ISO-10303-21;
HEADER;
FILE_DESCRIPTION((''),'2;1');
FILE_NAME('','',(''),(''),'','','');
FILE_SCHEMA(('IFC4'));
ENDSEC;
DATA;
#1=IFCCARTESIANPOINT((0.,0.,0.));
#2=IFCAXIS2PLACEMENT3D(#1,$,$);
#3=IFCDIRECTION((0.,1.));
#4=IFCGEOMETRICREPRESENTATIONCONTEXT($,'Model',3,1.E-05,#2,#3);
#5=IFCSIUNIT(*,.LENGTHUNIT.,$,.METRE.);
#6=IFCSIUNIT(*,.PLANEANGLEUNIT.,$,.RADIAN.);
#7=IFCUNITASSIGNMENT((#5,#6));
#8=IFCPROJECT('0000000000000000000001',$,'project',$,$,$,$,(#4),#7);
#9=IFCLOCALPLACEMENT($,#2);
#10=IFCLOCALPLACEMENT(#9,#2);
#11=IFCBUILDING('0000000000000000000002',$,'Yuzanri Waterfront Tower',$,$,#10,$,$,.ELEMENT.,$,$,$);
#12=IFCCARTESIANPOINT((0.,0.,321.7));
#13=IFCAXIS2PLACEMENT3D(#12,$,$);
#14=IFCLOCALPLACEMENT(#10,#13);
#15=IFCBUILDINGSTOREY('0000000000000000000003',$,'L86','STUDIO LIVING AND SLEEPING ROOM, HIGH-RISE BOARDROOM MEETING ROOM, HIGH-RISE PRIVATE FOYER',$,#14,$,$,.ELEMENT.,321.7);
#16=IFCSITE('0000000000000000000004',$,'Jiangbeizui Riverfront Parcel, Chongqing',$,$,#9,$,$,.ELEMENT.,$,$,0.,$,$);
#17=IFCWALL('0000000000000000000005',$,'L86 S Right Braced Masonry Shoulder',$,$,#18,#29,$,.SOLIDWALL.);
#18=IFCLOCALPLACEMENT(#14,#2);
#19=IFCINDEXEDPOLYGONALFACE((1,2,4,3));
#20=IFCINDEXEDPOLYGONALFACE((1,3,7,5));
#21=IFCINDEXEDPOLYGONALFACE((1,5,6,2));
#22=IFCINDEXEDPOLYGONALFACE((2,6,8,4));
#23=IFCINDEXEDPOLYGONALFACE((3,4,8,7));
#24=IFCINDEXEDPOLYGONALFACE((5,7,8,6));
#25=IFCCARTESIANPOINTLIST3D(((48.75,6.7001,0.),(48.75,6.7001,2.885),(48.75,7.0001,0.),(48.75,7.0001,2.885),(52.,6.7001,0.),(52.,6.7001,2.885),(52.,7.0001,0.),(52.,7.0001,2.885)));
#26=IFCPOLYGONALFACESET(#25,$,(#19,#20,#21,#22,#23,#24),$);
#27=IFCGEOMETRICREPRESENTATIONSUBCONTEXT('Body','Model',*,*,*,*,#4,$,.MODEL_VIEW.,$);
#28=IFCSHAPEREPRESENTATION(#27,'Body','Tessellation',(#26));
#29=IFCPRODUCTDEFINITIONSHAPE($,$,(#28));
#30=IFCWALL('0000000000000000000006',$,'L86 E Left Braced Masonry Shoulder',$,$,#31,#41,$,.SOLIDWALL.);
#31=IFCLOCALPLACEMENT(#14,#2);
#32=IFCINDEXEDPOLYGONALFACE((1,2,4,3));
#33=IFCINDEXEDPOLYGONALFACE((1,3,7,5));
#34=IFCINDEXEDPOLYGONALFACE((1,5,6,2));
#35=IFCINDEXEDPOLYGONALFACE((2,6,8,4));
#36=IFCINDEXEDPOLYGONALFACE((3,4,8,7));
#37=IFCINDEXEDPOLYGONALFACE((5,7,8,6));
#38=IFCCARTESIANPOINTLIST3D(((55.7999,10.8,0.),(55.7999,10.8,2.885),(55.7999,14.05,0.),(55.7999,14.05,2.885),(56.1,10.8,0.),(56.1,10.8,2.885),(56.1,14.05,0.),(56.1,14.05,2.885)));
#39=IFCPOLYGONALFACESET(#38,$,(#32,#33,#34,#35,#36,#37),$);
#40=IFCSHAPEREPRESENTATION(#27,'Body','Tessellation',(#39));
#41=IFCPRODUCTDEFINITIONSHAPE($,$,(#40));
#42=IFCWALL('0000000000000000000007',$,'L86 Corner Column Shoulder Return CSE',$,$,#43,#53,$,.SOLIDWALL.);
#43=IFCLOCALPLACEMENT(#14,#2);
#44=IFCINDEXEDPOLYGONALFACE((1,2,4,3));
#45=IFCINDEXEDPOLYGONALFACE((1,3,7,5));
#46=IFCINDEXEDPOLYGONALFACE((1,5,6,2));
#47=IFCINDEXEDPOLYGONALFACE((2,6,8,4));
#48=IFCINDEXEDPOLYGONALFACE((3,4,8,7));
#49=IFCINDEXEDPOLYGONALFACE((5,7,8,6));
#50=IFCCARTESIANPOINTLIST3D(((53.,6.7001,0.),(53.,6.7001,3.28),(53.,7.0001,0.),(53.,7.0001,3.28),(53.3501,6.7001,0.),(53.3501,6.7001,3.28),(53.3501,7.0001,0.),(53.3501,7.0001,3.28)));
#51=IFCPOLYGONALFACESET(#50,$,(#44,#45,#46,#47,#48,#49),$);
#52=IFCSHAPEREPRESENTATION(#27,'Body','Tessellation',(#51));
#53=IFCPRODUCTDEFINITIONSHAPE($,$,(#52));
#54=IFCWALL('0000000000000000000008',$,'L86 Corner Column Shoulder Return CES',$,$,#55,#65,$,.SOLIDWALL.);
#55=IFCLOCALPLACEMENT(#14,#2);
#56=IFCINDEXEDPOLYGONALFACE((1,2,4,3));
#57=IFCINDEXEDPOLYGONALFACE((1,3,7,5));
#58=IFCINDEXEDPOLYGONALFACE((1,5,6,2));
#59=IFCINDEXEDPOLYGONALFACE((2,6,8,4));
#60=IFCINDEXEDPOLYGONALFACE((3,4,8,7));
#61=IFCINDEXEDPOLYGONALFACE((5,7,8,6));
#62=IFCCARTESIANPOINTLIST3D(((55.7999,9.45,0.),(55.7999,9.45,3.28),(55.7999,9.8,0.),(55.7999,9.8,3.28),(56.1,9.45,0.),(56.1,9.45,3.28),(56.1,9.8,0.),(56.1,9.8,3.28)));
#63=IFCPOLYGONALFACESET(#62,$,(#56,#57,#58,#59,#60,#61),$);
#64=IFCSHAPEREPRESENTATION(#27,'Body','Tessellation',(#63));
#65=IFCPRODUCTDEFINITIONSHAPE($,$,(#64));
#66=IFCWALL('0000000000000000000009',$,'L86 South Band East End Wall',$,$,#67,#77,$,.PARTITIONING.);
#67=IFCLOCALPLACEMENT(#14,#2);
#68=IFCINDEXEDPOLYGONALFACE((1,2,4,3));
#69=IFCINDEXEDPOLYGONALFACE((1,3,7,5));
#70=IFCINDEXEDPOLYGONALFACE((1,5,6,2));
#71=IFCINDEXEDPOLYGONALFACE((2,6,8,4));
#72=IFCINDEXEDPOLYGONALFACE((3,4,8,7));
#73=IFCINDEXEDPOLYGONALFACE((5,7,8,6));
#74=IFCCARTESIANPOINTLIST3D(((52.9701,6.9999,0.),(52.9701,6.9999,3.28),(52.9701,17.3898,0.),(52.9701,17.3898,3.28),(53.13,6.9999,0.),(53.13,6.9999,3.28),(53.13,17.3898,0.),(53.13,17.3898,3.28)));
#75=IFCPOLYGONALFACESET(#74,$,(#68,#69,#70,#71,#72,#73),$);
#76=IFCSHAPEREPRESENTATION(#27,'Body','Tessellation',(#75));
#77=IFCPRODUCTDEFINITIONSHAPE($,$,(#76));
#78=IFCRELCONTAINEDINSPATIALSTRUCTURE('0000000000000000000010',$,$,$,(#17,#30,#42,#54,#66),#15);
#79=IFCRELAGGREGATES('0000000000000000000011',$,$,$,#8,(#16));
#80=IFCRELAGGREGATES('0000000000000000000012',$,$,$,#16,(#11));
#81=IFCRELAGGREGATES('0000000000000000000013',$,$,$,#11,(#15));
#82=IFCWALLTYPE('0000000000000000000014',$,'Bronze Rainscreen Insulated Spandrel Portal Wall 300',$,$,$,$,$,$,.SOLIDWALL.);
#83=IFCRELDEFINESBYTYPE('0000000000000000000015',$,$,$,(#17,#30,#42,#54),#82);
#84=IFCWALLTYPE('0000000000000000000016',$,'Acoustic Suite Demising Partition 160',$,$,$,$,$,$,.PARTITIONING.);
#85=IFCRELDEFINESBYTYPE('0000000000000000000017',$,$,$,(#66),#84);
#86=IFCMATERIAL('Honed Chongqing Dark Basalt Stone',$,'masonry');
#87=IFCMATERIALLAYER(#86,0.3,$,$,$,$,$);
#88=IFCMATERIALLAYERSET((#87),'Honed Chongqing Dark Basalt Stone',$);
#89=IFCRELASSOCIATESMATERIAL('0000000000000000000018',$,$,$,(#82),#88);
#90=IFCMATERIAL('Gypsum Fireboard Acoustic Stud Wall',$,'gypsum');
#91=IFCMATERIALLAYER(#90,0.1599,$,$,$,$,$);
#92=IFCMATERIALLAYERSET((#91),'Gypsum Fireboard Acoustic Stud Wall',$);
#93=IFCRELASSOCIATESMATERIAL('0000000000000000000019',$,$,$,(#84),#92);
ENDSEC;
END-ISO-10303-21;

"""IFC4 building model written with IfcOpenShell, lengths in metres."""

from ifc_helpers import new_model, si_unit, direction, frame, frame_2d, origin, place, context, subcontext, project, spatial, rectangle, extrude, source, transform, mapped, material, layer, layer_set, type_object, element, save


model = new_model("IFC4")

# Units and contexts
model_context = context("Model", 3, precision=1e-05, world=origin(), true_north=direction((0.0, 1.0)))
body_context = subcontext(model_context, "Body", "Model", "MODEL_VIEW")
ifc_project = project(units=[si_unit("LENGTHUNIT", "METRE"), si_unit("PLANEANGLEUNIT", "RADIAN")], contexts=[model_context])

# Site, building, storey
site_placement = place(None, origin())
site = spatial("IfcSite", under=ifc_project, at=site_placement, Name="Jiangbeizui Riverfront Parcel, Chongqing", CompositionType="ELEMENT", RefElevation=0.0)
building_placement = place(site_placement, origin())
building = spatial("IfcBuilding", under=site, at=building_placement, Name="Yuzanri Waterfront Tower", CompositionType="ELEMENT")
storey_placement = place(building_placement, frame((0.0, 0.0, 321.7)))
storey = spatial("IfcBuildingStorey", under=building, at=storey_placement, Name="L86", Description="STUDIO LIVING AND SLEEPING ROOM, HIGH-RISE BOARDROOM MEETING ROOM, HIGH-RISE PRIVATE FOYER", CompositionType="ELEMENT", Elevation=321.7)

# Shared definitions
ifc_material_1 = material(Name="Honed Chongqing Dark Basalt Stone", Category="masonry")
ifc_layer_1 = layer(ifc_material_1, 0.3)
ifc_layer_set_1 = layer_set([ifc_layer_1], Name="Honed Chongqing Dark Basalt Stone")
wall_type_1 = type_object("IfcWallType", Name="Bronze Rainscreen Insulated Spandrel Portal Wall 300", PredefinedType="SOLIDWALL", material=ifc_layer_set_1)

# Walls
shared_shape_1 = source(origin(), body_context, "Body", "SweptSolid", [
    extrude(rectangle(XDim=3.25, YDim=0.3, at=frame_2d((1.625, 0.0))), origin(), (0.0, 0.0, 1.0), 2.885),
])
for number, where, z_axis, x_axis, name in (
    (1, (48.75, 6.8501, 0.0), (0.0, 0.0, 1.0), (1.0, 0.0, 0.0), "L86 S Right Braced Masonry Shoulder"),
    (2, (55.95, 10.8, 0.0), (0.0, 0.0, 1.0), (0.0, 1.0, 0.0), "L86 E Left Braced Masonry Shoulder"),
):
    element("IfcWall", number, at=place(storey_placement, frame(where, z_axis=z_axis, x_axis=x_axis)), inside=storey, type_object=wall_type_1, Name=name, PredefinedType="SOLIDWALL", context=body_context, shape_type="MappedRepresentation", body=[
        mapped(shared_shape_1, transform((0.0, 0.0, 0.0), scale=1.0)),
    ])
shared_shape_2 = source(origin(), body_context, "Body", "SweptSolid", [
    extrude(rectangle(XDim=0.3501, YDim=0.3, at=frame_2d((0.175, 0.0))), origin(), (0.0, 0.0, 1.0), 3.28),
])
for number, where, z_axis, x_axis, name in (
    (3, (53.0, 6.8501, 0.0), (0.0, 0.0, 1.0), (1.0, 0.0, 0.0), "L86 Corner Column Shoulder Return CSE"),
    (4, (55.95, 9.45, 0.0), (0.0, 0.0, 1.0), (0.0, 1.0, 0.0), "L86 Corner Column Shoulder Return CES"),
):
    element("IfcWall", number, at=place(storey_placement, frame(where, z_axis=z_axis, x_axis=x_axis)), inside=storey, type_object=wall_type_1, Name=name, PredefinedType="SOLIDWALL", context=body_context, shape_type="MappedRepresentation", body=[
        mapped(shared_shape_2, transform((0.0, 0.0, 0.0), scale=1.0)),
    ])
ifc_material_2 = material(Name="Gypsum Fireboard Acoustic Stud Wall", Category="gypsum")
ifc_layer_2 = layer(ifc_material_2, 0.1599)
ifc_layer_set_2 = layer_set([ifc_layer_2], Name="Gypsum Fireboard Acoustic Stud Wall")
wall_type_2 = type_object("IfcWallType", Name="Acoustic Suite Demising Partition 160", PredefinedType="PARTITIONING", material=ifc_layer_set_2)
shared_shape_3 = source(origin(), body_context, "Body", "SweptSolid", [
    extrude(rectangle(XDim=10.3899, YDim=0.1599, at=frame_2d((5.1948, 0.0))), origin(), (0.0, 0.0, 1.0), 3.28),
])
wall_1_placement = place(storey_placement, frame((53.05, 7.0, 0.0), z_axis=(0.0, 0.0, 1.0), x_axis=(0.0, 1.0, 0.0)))
element("IfcWall", 5, at=wall_1_placement, inside=storey, type_object=wall_type_2, Name="L86 South Band East End Wall", PredefinedType="PARTITIONING", context=body_context, shape_type="MappedRepresentation", body=[
    mapped(shared_shape_3, transform((0.0, 0.0, 0.0), scale=1.0)),
])

save(model, "model.ifc")
